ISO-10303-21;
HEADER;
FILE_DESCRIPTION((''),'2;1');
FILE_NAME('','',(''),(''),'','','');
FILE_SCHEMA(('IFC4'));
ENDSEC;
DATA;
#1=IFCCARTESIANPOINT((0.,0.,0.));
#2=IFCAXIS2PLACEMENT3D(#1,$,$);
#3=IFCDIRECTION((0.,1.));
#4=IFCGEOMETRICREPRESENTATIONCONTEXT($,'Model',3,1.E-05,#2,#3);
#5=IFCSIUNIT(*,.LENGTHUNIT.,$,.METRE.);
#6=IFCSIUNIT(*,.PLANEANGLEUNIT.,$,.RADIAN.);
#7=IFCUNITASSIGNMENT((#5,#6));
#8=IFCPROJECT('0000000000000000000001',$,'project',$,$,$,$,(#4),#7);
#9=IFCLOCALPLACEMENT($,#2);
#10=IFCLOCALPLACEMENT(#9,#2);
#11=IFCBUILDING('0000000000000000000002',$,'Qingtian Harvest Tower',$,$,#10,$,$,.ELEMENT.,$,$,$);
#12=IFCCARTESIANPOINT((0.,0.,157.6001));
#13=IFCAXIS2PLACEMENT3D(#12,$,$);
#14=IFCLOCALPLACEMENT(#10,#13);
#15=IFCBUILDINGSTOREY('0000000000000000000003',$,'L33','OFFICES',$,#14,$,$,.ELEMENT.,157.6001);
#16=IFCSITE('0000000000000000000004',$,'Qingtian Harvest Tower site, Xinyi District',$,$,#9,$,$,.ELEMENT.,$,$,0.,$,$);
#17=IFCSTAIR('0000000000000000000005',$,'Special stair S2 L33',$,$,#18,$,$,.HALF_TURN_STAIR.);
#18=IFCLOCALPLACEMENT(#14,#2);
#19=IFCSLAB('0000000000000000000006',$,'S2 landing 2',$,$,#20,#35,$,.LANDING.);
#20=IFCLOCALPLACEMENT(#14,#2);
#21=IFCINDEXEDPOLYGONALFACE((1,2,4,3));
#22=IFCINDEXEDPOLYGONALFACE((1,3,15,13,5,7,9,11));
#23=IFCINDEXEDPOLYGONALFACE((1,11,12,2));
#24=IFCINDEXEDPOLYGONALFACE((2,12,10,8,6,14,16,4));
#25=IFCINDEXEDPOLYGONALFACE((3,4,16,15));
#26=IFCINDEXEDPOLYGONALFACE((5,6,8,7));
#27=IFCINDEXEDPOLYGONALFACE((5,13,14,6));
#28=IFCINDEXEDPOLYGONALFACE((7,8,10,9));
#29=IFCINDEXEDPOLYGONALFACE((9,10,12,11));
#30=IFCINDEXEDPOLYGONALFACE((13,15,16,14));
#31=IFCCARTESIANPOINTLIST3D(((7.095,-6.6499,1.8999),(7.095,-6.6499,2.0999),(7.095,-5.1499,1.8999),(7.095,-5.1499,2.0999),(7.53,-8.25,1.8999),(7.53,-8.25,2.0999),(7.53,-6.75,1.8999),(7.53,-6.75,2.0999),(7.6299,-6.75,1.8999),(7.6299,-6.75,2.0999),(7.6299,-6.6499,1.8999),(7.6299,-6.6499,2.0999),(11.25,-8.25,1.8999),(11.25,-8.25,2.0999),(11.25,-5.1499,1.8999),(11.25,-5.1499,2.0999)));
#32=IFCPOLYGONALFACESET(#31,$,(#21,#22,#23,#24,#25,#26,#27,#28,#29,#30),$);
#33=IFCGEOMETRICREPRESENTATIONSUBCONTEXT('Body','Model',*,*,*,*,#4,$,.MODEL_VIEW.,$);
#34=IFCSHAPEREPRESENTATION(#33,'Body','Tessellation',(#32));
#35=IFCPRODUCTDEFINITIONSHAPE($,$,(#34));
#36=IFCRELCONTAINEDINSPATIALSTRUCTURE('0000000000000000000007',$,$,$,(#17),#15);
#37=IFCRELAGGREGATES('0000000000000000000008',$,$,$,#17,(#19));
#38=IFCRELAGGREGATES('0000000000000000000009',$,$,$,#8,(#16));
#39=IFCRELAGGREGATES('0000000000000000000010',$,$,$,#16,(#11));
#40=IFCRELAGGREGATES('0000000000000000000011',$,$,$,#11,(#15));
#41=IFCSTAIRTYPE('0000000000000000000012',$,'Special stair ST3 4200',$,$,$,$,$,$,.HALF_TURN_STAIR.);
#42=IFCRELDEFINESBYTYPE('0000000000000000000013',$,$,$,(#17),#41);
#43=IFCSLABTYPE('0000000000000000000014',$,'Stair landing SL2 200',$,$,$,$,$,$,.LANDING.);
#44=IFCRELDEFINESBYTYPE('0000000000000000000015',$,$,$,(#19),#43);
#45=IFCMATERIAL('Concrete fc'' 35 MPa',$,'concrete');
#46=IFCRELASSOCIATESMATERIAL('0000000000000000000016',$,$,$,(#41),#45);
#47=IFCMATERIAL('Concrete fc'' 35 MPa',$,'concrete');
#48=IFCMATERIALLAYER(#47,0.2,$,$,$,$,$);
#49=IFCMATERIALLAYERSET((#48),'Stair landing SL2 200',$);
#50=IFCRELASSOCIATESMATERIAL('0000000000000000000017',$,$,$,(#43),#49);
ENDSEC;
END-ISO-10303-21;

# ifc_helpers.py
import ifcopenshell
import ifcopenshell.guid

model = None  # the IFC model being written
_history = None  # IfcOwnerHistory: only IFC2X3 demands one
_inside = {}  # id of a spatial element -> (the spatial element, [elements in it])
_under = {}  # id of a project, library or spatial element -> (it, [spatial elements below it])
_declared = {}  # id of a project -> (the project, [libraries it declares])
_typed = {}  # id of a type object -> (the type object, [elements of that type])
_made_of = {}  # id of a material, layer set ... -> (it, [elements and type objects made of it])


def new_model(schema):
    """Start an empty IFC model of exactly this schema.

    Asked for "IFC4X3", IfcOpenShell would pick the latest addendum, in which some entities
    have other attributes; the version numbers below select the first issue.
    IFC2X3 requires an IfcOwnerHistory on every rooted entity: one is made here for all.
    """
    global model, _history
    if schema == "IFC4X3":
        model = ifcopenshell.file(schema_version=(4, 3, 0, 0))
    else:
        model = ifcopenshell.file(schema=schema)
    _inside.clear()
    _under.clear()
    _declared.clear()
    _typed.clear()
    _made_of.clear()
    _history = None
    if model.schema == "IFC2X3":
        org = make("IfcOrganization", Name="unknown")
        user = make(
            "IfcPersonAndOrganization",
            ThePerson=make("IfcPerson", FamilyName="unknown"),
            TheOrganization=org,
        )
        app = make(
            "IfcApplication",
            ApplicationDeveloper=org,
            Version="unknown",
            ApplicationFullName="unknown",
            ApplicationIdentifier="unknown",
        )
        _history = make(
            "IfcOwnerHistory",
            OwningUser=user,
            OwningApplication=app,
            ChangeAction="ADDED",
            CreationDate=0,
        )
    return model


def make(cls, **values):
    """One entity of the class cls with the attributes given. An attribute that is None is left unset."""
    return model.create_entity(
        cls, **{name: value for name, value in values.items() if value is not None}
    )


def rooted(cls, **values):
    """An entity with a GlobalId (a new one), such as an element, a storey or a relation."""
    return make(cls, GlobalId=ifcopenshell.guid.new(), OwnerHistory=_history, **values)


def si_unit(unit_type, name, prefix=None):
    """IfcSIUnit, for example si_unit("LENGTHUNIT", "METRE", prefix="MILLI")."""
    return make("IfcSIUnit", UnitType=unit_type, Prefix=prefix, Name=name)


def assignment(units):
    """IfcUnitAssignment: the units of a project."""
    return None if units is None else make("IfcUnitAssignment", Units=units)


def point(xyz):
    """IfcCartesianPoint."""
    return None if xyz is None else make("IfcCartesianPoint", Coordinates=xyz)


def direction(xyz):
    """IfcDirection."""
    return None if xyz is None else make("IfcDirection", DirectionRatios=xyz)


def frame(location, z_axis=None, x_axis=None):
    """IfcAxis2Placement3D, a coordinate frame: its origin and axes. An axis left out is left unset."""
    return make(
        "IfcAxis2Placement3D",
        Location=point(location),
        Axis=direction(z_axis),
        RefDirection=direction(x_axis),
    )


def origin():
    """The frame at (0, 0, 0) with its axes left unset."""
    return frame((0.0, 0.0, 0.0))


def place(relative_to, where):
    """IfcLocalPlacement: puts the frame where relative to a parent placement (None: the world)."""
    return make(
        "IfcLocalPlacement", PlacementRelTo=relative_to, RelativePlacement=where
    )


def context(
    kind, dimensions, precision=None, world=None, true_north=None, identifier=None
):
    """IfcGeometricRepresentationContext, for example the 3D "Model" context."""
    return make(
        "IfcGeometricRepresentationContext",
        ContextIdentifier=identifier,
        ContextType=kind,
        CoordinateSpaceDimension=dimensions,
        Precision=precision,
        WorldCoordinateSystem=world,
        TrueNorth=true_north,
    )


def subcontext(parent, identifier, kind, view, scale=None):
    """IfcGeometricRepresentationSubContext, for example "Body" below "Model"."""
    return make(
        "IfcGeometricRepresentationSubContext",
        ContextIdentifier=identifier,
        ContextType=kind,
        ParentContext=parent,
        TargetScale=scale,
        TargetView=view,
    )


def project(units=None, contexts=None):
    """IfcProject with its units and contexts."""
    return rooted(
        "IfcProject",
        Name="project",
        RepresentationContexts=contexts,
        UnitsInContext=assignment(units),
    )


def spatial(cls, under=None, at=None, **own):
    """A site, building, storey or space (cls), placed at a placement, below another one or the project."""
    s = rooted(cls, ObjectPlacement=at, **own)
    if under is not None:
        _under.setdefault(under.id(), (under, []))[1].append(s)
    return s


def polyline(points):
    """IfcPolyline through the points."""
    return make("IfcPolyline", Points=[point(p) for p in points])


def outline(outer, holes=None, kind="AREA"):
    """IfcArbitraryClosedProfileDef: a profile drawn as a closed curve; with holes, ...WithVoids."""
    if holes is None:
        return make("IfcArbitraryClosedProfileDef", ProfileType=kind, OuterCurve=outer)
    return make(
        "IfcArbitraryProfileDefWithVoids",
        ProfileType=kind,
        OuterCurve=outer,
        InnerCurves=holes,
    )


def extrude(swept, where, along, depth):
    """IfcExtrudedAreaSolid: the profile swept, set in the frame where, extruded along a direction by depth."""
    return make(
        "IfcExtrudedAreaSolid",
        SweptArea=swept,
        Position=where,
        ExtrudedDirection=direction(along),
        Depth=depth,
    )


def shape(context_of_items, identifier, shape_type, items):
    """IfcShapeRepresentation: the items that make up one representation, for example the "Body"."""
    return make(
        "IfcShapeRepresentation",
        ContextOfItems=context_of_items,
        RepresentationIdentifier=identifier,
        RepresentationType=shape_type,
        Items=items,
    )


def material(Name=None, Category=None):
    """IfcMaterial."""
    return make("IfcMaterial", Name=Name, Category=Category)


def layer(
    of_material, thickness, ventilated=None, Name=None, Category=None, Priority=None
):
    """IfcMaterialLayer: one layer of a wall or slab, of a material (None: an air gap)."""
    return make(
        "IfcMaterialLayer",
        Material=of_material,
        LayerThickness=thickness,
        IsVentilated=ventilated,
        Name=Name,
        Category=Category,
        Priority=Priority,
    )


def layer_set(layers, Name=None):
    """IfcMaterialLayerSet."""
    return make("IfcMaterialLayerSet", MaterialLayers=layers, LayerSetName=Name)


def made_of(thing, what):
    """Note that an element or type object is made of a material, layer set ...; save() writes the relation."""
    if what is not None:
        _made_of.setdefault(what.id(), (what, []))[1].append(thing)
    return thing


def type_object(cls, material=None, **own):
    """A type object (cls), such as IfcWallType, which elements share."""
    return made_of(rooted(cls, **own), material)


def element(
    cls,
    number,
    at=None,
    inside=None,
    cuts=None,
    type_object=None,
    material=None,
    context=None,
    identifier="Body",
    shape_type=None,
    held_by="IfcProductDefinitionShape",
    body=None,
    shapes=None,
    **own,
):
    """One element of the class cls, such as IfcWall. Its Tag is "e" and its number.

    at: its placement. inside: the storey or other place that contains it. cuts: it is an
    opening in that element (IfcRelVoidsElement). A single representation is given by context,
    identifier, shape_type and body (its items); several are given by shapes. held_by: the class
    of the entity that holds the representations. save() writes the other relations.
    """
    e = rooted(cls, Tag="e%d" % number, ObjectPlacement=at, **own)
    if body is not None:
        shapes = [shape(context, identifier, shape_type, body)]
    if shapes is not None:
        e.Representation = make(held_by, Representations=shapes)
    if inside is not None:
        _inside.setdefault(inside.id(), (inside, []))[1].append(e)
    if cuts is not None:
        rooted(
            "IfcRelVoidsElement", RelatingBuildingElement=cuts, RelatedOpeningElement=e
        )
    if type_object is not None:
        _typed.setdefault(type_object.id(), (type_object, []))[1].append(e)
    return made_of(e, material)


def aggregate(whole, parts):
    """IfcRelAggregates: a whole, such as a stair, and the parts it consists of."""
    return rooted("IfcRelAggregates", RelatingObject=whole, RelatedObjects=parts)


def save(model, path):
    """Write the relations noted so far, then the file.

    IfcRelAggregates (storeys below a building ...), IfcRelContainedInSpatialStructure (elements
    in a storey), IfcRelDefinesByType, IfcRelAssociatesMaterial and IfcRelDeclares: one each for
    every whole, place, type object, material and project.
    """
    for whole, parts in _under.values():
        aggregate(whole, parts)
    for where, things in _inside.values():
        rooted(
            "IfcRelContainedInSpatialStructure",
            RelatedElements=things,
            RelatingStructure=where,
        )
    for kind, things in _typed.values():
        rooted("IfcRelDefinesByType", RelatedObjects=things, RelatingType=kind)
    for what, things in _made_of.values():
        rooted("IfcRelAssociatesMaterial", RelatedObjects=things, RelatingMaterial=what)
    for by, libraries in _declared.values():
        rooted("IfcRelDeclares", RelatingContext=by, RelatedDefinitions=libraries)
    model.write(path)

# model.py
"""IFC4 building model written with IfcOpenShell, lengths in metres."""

from ifc_helpers import new_model, si_unit, direction, frame, origin, place, context, subcontext, project, spatial, polyline, outline, extrude, material, layer, layer_set, type_object, element, aggregate, save


model = new_model("IFC4")

# Units and contexts
model_context = context("Model", 3, precision=1e-05, world=origin(), true_north=direction((0.0, 1.0)))
body_context = subcontext(model_context, "Body", "Model", "MODEL_VIEW")
ifc_project = project(units=[si_unit("LENGTHUNIT", "METRE"), si_unit("PLANEANGLEUNIT", "RADIAN")], contexts=[model_context])

# Site, building, storey
site_placement = place(None, origin())
site = spatial("IfcSite", under=ifc_project, at=site_placement, Name="Qingtian Harvest Tower site, Xinyi District", CompositionType="ELEMENT", RefElevation=0.0)
building_placement = place(site_placement, origin())
building = spatial("IfcBuilding", under=site, at=building_placement, Name="Qingtian Harvest Tower", CompositionType="ELEMENT")
storey_placement = place(building_placement, frame((0.0, 0.0, 157.6001)))
storey = spatial("IfcBuildingStorey", under=building, at=storey_placement, Name="L33", Description="OFFICES", CompositionType="ELEMENT", Elevation=157.6001)

# Stair, slab
ifc_material_1 = material(Name="Concrete fc' 35 MPa", Category="concrete")
stair_type = type_object("IfcStairType", Name="Special stair ST3 4200", PredefinedType="HALF_TURN_STAIR", material=ifc_material_1)
stair_placement = place(storey_placement, origin())
stair = element("IfcStair", 1, at=stair_placement, inside=storey, type_object=stair_type, Name="Special stair S2 L33", PredefinedType="HALF_TURN_STAIR")
ifc_material_2 = material(Name="Concrete fc' 35 MPa", Category="concrete")
ifc_layer_1 = layer(ifc_material_2, 0.2)
ifc_layer_set_1 = layer_set([ifc_layer_1], Name="Stair landing SL2 200")
slab_type_1 = type_object("IfcSlabType", Name="Stair landing SL2 200", PredefinedType="LANDING", material=ifc_layer_set_1)
slab_1_placement = place(storey_placement, frame((0.0, 0.0, 1.8999)))
slab_1 = element("IfcSlab", 2, at=slab_1_placement, type_object=slab_type_1, Name="S2 landing 2", PredefinedType="LANDING", context=body_context, shape_type="SweptSolid", body=[
    extrude(outline(polyline([(7.53, -8.25), (7.53, -6.75), (7.6299, -6.75), (7.6299, -6.6499), (7.095, -6.6499), (7.095, -5.1499), (11.25, -5.1499), (11.25, -8.25), (7.53, -8.25)])), origin(), (0.0, 0.0, 1.0), 0.2),
])
aggregate(stair, [slab_1])

save(model, "model.ifc")
